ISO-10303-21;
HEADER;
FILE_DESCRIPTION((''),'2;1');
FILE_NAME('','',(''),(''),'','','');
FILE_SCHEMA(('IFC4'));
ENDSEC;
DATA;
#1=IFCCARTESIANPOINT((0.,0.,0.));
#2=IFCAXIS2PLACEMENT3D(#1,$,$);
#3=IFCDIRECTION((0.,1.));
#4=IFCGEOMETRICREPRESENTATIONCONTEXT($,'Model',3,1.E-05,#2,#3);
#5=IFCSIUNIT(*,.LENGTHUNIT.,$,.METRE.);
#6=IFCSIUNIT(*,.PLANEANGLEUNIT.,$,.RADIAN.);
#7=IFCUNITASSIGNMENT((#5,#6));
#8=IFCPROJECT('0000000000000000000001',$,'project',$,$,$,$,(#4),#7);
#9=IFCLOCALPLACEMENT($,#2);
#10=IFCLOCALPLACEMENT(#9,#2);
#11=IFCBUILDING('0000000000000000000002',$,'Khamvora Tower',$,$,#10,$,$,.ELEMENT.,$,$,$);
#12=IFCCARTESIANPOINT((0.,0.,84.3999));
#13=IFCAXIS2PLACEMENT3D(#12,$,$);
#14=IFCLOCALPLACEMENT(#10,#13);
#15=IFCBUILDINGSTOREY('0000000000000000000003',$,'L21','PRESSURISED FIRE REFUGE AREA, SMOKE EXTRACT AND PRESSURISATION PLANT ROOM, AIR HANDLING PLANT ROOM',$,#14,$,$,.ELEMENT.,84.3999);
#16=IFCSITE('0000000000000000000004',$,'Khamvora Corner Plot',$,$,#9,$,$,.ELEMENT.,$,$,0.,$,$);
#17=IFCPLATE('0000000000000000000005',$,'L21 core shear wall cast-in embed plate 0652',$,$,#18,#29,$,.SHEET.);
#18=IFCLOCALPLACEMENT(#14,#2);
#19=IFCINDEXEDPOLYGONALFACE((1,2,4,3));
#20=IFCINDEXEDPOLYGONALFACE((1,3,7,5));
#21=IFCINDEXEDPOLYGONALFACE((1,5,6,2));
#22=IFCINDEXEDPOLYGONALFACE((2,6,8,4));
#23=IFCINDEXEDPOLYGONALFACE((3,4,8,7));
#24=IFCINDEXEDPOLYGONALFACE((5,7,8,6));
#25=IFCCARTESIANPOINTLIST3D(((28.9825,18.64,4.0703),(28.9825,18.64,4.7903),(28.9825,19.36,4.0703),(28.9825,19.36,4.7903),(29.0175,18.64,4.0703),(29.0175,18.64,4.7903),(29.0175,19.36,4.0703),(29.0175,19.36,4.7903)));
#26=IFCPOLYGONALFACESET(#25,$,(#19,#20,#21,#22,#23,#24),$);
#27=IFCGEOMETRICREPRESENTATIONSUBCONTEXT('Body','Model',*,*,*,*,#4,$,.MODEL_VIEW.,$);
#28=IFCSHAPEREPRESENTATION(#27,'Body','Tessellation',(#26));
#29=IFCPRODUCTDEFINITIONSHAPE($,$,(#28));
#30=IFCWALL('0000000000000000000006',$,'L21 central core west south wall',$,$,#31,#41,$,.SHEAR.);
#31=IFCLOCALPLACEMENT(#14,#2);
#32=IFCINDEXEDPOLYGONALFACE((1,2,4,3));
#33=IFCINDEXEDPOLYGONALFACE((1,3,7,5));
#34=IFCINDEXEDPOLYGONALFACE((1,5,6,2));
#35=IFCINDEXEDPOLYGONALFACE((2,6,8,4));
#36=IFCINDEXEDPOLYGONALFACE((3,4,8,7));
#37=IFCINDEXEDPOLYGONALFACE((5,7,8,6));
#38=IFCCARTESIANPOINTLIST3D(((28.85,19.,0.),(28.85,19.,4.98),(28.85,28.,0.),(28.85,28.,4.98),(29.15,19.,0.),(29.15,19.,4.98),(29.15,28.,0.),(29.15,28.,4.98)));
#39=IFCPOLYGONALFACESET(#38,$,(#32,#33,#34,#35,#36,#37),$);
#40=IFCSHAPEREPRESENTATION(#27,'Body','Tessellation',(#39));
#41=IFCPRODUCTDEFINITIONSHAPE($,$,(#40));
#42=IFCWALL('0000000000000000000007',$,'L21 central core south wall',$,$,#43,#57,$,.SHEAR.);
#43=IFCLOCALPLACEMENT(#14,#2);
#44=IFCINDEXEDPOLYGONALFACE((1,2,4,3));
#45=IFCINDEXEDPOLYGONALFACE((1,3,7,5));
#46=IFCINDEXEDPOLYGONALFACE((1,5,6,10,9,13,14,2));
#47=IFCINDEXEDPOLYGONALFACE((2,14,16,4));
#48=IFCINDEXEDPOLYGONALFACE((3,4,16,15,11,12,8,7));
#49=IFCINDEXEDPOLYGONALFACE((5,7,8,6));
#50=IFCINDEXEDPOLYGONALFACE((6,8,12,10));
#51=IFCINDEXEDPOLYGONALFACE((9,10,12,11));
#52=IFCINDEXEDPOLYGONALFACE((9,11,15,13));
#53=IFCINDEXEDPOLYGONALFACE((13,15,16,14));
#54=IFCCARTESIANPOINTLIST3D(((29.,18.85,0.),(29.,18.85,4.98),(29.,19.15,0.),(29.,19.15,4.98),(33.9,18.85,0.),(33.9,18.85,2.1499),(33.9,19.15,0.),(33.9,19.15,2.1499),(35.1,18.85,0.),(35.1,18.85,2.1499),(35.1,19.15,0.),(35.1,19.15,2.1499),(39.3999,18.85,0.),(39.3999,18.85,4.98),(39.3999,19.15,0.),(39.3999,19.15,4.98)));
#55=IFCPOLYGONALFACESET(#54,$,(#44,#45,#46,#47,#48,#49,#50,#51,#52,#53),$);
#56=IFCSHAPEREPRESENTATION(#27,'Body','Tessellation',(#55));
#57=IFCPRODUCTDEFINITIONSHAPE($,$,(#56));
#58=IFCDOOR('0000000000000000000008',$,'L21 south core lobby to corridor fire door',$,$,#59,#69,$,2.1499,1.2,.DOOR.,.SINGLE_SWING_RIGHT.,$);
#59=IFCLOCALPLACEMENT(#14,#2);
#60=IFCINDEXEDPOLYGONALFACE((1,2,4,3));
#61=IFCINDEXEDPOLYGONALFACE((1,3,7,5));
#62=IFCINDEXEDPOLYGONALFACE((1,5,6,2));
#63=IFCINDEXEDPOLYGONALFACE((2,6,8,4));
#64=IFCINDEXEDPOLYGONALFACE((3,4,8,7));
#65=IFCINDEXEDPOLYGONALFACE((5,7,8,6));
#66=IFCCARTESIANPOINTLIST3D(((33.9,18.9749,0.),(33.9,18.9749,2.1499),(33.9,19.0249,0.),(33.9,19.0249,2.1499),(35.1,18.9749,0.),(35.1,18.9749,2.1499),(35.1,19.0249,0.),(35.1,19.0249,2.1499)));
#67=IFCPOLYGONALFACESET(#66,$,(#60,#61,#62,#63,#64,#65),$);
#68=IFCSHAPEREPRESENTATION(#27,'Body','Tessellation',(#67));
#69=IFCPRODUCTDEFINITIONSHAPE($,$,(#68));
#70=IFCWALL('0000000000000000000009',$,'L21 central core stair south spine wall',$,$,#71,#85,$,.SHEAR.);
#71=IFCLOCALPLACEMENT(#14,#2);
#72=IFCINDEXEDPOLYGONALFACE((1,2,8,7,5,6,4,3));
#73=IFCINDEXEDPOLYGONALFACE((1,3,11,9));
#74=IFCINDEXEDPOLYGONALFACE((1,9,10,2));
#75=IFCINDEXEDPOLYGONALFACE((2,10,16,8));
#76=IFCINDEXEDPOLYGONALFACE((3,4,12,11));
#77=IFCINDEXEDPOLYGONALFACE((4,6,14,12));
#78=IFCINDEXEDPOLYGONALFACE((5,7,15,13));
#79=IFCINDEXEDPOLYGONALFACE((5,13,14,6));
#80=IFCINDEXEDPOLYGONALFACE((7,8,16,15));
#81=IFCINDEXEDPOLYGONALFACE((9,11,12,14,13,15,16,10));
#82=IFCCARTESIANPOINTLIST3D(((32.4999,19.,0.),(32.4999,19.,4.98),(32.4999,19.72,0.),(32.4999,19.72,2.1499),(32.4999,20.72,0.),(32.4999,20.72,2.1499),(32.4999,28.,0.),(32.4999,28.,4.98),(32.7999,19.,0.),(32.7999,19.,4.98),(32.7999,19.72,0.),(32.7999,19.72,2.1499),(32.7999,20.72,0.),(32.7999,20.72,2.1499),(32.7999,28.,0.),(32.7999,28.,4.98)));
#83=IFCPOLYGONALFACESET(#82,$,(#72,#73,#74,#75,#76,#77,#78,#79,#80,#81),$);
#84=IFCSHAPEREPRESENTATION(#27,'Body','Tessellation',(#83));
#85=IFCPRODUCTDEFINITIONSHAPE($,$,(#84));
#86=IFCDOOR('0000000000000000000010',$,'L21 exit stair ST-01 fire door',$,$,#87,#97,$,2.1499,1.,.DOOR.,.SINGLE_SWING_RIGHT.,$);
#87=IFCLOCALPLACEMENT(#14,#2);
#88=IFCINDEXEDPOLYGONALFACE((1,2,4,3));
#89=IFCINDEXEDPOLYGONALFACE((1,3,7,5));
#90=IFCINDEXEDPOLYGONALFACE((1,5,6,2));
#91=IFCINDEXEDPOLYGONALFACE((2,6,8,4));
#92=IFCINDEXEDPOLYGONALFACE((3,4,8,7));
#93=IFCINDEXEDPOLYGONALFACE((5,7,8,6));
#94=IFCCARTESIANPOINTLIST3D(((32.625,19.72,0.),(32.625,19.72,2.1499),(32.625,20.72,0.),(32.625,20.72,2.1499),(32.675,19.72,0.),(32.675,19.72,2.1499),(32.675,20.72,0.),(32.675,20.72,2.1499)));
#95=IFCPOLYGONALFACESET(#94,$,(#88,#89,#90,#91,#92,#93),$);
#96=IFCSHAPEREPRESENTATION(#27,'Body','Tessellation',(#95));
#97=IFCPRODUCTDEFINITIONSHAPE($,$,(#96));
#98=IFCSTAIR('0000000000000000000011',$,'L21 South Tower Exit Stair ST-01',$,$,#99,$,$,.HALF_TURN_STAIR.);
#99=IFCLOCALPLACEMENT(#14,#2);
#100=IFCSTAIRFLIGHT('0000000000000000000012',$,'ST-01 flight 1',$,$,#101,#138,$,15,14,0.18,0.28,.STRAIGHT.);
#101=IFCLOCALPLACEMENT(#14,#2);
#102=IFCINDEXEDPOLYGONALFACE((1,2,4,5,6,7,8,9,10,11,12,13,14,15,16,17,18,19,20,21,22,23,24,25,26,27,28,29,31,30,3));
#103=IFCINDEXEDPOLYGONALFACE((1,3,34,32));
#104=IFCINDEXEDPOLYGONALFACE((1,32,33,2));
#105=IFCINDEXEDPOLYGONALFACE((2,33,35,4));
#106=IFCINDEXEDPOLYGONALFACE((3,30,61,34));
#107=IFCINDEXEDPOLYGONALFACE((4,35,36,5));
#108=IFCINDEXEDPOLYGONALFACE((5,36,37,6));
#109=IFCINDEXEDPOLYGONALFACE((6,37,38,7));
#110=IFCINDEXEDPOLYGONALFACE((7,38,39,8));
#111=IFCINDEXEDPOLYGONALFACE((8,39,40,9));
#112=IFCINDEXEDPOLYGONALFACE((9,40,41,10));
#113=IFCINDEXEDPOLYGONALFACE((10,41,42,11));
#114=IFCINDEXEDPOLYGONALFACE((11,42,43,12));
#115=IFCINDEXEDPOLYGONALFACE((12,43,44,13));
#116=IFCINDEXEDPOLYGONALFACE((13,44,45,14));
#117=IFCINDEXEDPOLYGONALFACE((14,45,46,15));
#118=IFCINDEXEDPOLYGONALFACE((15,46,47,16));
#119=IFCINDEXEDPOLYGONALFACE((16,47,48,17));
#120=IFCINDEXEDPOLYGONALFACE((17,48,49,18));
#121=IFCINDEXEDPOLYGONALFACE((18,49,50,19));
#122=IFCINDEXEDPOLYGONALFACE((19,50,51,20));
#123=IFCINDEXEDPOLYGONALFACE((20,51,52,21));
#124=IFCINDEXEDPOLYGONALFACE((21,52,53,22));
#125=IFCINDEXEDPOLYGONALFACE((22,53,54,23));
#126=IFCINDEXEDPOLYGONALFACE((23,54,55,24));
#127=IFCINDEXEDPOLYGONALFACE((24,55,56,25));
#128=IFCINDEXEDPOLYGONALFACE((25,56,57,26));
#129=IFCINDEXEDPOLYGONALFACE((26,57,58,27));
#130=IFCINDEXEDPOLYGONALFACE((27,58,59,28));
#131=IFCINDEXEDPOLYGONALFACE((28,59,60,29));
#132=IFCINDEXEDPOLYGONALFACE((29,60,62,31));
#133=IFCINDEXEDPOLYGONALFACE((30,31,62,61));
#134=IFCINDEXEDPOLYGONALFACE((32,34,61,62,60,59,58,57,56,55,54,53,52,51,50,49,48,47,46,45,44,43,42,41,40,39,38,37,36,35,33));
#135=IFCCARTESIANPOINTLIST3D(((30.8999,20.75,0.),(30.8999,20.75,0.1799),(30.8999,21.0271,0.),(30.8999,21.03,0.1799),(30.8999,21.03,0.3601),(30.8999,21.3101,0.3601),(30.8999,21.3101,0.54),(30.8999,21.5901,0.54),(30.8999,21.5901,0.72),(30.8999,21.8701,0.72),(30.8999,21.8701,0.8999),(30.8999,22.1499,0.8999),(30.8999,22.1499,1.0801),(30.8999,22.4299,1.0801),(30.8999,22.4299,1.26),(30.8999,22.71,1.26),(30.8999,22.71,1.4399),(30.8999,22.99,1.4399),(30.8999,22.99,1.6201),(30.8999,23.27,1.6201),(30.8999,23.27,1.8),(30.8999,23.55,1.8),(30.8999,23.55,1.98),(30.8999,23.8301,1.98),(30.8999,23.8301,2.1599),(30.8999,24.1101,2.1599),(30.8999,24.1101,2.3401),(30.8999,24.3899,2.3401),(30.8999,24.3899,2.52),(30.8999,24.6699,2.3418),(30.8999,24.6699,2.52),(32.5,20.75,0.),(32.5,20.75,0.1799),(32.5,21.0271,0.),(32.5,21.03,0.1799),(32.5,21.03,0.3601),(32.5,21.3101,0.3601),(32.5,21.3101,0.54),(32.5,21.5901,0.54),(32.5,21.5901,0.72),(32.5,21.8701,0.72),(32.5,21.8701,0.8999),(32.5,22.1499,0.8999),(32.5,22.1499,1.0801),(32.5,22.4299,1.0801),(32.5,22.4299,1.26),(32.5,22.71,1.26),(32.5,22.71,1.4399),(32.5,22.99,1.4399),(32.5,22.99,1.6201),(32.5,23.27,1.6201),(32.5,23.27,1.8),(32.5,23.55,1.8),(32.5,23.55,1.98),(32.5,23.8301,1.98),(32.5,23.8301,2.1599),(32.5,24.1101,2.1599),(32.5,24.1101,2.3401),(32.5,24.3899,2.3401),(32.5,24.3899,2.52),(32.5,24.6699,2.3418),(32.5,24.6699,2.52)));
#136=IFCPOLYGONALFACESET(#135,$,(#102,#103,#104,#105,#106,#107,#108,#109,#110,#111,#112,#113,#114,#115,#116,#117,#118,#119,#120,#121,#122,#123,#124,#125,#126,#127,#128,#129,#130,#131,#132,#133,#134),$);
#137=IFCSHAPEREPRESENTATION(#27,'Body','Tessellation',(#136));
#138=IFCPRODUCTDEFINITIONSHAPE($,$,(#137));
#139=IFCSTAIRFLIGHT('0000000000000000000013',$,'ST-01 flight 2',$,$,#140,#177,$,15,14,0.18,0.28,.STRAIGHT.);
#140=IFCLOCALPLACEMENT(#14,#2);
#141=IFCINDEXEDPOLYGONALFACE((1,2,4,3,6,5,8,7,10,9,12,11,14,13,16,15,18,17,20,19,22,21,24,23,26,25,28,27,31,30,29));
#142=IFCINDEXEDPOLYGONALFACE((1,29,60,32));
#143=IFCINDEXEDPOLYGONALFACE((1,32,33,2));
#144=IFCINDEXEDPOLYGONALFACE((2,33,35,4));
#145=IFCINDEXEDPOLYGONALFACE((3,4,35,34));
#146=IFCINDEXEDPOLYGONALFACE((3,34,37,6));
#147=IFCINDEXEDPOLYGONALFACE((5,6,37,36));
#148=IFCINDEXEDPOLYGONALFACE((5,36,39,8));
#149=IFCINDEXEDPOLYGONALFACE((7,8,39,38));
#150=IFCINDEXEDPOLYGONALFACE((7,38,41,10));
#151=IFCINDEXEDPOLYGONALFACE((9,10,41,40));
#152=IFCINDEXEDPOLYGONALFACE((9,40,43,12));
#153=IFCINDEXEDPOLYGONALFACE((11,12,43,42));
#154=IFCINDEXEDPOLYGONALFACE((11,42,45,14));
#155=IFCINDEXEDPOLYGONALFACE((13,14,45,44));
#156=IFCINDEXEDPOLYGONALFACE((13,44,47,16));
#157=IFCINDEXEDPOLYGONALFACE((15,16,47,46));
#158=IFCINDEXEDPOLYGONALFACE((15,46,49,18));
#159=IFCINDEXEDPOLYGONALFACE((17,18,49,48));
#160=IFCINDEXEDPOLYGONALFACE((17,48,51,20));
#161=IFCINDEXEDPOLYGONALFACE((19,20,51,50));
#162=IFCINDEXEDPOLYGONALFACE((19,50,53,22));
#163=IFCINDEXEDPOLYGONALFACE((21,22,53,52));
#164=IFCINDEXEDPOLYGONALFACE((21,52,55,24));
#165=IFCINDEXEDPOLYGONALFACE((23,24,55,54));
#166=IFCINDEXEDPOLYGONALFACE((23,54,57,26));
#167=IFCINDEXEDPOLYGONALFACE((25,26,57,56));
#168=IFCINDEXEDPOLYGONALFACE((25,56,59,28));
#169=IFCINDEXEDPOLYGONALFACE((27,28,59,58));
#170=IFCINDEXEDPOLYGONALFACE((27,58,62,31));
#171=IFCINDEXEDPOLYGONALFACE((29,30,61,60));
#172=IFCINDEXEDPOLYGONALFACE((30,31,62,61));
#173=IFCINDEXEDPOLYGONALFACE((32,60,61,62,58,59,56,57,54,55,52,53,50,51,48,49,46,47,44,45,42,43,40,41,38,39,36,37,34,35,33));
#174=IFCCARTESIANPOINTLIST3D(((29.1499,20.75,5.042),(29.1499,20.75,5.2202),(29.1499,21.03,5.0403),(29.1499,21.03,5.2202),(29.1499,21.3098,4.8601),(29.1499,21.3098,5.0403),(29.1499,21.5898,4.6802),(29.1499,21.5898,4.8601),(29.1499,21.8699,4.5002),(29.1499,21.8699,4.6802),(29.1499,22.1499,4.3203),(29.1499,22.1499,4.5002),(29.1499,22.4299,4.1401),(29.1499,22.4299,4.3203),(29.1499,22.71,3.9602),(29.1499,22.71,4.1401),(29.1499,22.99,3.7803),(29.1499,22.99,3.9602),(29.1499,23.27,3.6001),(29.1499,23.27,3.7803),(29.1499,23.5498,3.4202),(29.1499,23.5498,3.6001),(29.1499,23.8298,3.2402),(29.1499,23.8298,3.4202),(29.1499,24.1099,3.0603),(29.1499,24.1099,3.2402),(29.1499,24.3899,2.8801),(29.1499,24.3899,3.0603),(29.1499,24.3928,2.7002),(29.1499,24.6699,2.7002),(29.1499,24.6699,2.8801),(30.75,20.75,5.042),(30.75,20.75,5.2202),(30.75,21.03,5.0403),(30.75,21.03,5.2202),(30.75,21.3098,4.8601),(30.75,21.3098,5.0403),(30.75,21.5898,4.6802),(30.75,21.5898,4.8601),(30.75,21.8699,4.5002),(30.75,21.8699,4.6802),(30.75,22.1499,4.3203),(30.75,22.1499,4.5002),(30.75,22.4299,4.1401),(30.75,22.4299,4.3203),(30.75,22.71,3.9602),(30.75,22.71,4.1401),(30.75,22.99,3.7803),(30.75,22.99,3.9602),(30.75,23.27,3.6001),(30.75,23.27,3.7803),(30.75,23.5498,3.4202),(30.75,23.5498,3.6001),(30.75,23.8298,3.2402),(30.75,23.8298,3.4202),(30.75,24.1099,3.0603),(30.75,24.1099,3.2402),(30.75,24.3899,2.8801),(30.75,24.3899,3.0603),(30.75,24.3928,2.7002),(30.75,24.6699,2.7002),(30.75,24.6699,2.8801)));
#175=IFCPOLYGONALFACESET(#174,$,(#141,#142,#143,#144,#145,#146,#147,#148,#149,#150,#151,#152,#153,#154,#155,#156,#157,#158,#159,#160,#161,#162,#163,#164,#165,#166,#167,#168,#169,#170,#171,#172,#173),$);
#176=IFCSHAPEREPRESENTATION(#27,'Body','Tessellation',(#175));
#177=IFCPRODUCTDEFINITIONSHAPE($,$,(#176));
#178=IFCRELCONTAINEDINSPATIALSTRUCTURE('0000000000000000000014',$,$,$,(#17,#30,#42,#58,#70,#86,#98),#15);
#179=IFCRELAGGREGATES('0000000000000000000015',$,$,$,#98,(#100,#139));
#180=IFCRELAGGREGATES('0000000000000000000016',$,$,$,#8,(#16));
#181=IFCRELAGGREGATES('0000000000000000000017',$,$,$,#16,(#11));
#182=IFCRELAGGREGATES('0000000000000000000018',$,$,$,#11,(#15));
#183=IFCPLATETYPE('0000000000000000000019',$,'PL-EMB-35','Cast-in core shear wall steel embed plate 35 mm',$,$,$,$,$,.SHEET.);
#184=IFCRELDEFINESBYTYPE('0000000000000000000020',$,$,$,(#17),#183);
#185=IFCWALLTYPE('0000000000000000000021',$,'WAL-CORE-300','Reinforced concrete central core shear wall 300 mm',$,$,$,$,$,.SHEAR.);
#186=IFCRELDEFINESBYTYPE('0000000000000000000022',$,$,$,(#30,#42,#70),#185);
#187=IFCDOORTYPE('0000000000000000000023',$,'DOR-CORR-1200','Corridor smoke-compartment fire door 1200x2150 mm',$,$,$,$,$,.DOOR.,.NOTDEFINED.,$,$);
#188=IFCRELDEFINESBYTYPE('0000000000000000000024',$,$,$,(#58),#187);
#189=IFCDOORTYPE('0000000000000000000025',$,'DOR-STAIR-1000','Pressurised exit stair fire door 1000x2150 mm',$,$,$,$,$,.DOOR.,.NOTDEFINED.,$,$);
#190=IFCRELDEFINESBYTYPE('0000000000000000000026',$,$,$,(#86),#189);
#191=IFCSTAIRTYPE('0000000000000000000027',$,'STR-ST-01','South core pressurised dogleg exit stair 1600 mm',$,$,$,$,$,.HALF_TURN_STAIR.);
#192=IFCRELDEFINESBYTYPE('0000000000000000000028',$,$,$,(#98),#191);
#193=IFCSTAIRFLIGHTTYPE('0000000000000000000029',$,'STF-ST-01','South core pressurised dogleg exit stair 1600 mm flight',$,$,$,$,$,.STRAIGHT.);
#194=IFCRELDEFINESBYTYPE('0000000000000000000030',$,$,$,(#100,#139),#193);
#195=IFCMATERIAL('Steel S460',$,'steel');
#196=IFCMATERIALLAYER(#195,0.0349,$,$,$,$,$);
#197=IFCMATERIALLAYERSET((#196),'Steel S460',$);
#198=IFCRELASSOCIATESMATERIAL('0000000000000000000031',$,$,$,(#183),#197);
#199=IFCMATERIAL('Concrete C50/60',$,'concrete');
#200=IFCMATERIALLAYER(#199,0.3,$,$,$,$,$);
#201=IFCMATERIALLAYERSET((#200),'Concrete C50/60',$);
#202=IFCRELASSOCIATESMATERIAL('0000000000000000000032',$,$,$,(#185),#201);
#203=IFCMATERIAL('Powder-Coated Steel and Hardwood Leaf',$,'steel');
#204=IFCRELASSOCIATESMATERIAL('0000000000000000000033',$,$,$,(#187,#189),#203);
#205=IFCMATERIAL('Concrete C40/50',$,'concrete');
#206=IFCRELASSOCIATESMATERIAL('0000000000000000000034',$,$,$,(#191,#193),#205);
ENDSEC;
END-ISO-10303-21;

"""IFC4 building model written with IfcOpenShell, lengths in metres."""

from ifc_helpers import new_model, si_unit, direction, frame, frame_2d, origin, origin_2d, place, context, subcontext, project, spatial, polyline, rectangle, outline, extrude, material, layer, layer_set, type_object, element, fill, aggregate, save


model = new_model("IFC4")

# Units and contexts
model_context = context("Model", 3, precision=1e-05, world=origin(), true_north=direction((0.0, 1.0)))
body_context = subcontext(model_context, "Body", "Model", "MODEL_VIEW")
ifc_project = project(units=[si_unit("LENGTHUNIT", "METRE"), si_unit("PLANEANGLEUNIT", "RADIAN")], contexts=[model_context])

# Site, building, storey
site_placement = place(None, origin())
site = spatial("IfcSite", under=ifc_project, at=site_placement, Name="Khamvora Corner Plot", CompositionType="ELEMENT", RefElevation=0.0)
building_placement = place(site_placement, origin())
building = spatial("IfcBuilding", under=site, at=building_placement, Name="Khamvora Tower", CompositionType="ELEMENT")
storey_placement = place(building_placement, frame((0.0, 0.0, 84.3999)))
storey = spatial("IfcBuildingStorey", under=building, at=storey_placement, Name="L21", Description="PRESSURISED FIRE REFUGE AREA, SMOKE EXTRACT AND PRESSURISATION PLANT ROOM, AIR HANDLING PLANT ROOM", CompositionType="ELEMENT", Elevation=84.3999)

# Plate
ifc_material_1 = material(Name="Steel S460", Category="steel")
ifc_layer_1 = layer(ifc_material_1, 0.0349)
ifc_layer_set_1 = layer_set([ifc_layer_1], Name="Steel S460")
plate_type_1 = type_object("IfcPlateType", Name="PL-EMB-35", Description="Cast-in core shear wall steel embed plate 35 mm", PredefinedType="SHEET", material=ifc_layer_set_1)
for number, where, z_axis, x_axis, name in (
    (1, (29.0, 19.0, 4.0703), (0.0, 0.0, 1.0), (1.0, 0.0, 0.0), "L21 core shear wall cast-in embed plate 0652"),
):
    element("IfcPlate", number, at=place(storey_placement, frame(where, z_axis=z_axis, x_axis=x_axis)), inside=storey, type_object=plate_type_1, Name=name, PredefinedType="SHEET", context=body_context, shape_type="SweptSolid", body=[
        extrude(rectangle(XDim=0.0349, YDim=0.72, at=origin_2d()), origin(), (0.0, 0.0, 1.0), 0.72),
    ])

# Wall
ifc_material_2 = material(Name="Concrete C50/60", Category="concrete")
ifc_layer_2 = layer(ifc_material_2, 0.3)
ifc_layer_set_2 = layer_set([ifc_layer_2], Name="Concrete C50/60")
wall_type = type_object("IfcWallType", Name="WAL-CORE-300", Description="Reinforced concrete central core shear wall 300 mm", PredefinedType="SHEAR", material=ifc_layer_set_2)
wall_1_placement = place(storey_placement, frame((29.0, 19.0, 0.0), z_axis=(0.0, 0.0, 1.0), x_axis=(0.0, 1.0, 0.0)))
element("IfcWall", 2, at=wall_1_placement, inside=storey, type_object=wall_type, Name="L21 central core west south wall", PredefinedType="SHEAR", context=body_context, shape_type="SweptSolid", body=[
    extrude(rectangle(XDim=9.0, YDim=0.3, at=frame_2d((4.5, 0.0))), origin(), (0.0, 0.0, 1.0), 4.98),
])

# Walls, openings, doors
wall_2_placement = place(storey_placement, frame((29.0, 19.0, 0.0), z_axis=(0.0, 0.0, 1.0), x_axis=(1.0, 0.0, 0.0)))
wall_2 = element("IfcWall", 3, at=wall_2_placement, inside=storey, type_object=wall_type, Name="L21 central core south wall", PredefinedType="SHEAR", context=body_context, shape_type="SweptSolid", body=[
    extrude(rectangle(XDim=10.3999, YDim=0.3, at=frame_2d((5.2, 0.0))), origin(), (0.0, 0.0, 1.0), 4.98),
])
opening_1_placement = place(wall_2_placement, frame((4.8999, 0.0, 0.0)))
opening_1 = element("IfcOpeningElement", 4, at=opening_1_placement, cuts=wall_2, PredefinedType="OPENING", context=body_context, shape_type="SweptSolid", body=[
    extrude(rectangle(XDim=1.2, YDim=2.1499, at=frame_2d((0.6001, 1.075))), frame((0.0, 0.1599, 0.0), z_axis=(0.0, -1.0, 0.0), x_axis=(1.0, 0.0, 0.0)), (0.0, 0.0, 1.0), 0.3201),
])
ifc_material_3 = material(Name="Powder-Coated Steel and Hardwood Leaf", Category="steel")
door_type_1 = type_object("IfcDoorType", Name="DOR-CORR-1200", Description="Corridor smoke-compartment fire door 1200x2150 mm", OperationType="NOTDEFINED", PredefinedType="DOOR", material=ifc_material_3)
door_1_placement = place(opening_1_placement, origin())
door_1 = element("IfcDoor", 5, at=door_1_placement, inside=storey, type_object=door_type_1, Name="L21 south core lobby to corridor fire door", OperationType="SINGLE_SWING_RIGHT", OverallHeight=2.1499, OverallWidth=1.2, PredefinedType="DOOR", context=body_context, shape_type="SweptSolid", body=[
    extrude(rectangle(XDim=1.2, YDim=2.1499, at=frame_2d((0.6001, 1.075))), frame((0.0, 0.0249, 0.0), z_axis=(0.0, -1.0, 0.0), x_axis=(1.0, 0.0, 0.0)), (0.0, 0.0, 1.0), 0.05),
])
fill(opening_1, door_1)
wall_3_placement = place(storey_placement, frame((32.6499, 19.0, 0.0), z_axis=(0.0, 0.0, 1.0), x_axis=(0.0, 1.0, 0.0)))
wall_3 = element("IfcWall", 6, at=wall_3_placement, inside=storey, type_object=wall_type, Name="L21 central core stair south spine wall", PredefinedType="SHEAR", context=body_context, shape_type="SweptSolid", body=[
    extrude(rectangle(XDim=9.0, YDim=0.3, at=frame_2d((4.5, 0.0))), origin(), (0.0, 0.0, 1.0), 4.98),
])
opening_2_placement = place(wall_3_placement, frame((0.72, 0.0, 0.0)))
opening_2 = element("IfcOpeningElement", 7, at=opening_2_placement, cuts=wall_3, PredefinedType="OPENING", context=body_context, shape_type="SweptSolid", body=[
    extrude(rectangle(XDim=1.0, YDim=2.1499, at=frame_2d((0.5, 1.075))), frame((0.0, 0.1599, 0.0), z_axis=(0.0, -1.0, 0.0), x_axis=(1.0, 0.0, 0.0)), (0.0, 0.0, 1.0), 0.3201),
])
door_type_2 = type_object("IfcDoorType", Name="DOR-STAIR-1000", Description="Pressurised exit stair fire door 1000x2150 mm", OperationType="NOTDEFINED", PredefinedType="DOOR", material=ifc_material_3)
door_2_placement = place(opening_2_placement, origin())
door_2 = element("IfcDoor", 8, at=door_2_placement, inside=storey, type_object=door_type_2, Name="L21 exit stair ST-01 fire door", OperationType="SINGLE_SWING_RIGHT", OverallHeight=2.1499, OverallWidth=1.0, PredefinedType="DOOR", context=body_context, shape_type="SweptSolid", body=[
    extrude(rectangle(XDim=1.0, YDim=2.1499, at=frame_2d((0.5, 1.075))), frame((0.0, 0.0249, 0.0), z_axis=(0.0, -1.0, 0.0), x_axis=(1.0, 0.0, 0.0)), (0.0, 0.0, 1.0), 0.05),
])
fill(opening_2, door_2)

# Stair, stair flights
ifc_material_4 = material(Name="Concrete C40/50", Category="concrete")
stair_type = type_object("IfcStairType", Name="STR-ST-01", Description="South core pressurised dogleg exit stair 1600 mm", PredefinedType="HALF_TURN_STAIR", material=ifc_material_4)
stair_placement = place(storey_placement, origin())
stair = element("IfcStair", 9, at=stair_placement, inside=storey, type_object=stair_type, Name="L21 South Tower Exit Stair ST-01", PredefinedType="HALF_TURN_STAIR")
stair_flight_type = type_object("IfcStairFlightType", Name="STF-ST-01", Description="South core pressurised dogleg exit stair 1600 mm flight", PredefinedType="STRAIGHT", material=ifc_material_4)
stair_flight_1_placement = place(storey_placement, frame((31.7, 20.75, 0.0), z_axis=(0.0, 0.0, 1.0), x_axis=(0.0, 1.0, 0.0)))
stair_flight_1 = element("IfcStairFlight", 10, at=stair_flight_1_placement, type_object=stair_flight_type, Name="ST-01 flight 1", NumberOfRisers=15, NumberOfTreads=14, PredefinedType="STRAIGHT", RiserHeight=0.18, TreadLength=0.28, context=body_context, shape_type="SweptSolid", body=[
    extrude(outline(polyline([(0.0, 0.0), (0.0, 0.1799), (0.28, 0.1799), (0.28, 0.3601), (0.5601, 0.3601), (0.5601, 0.54), (0.8401, 0.54), (0.8401, 0.72), (1.1201, 0.72), (1.1201, 0.8999), (1.3999, 0.8999), (1.3999, 1.0801), (1.6799, 1.0801), (1.6799, 1.26), (1.96, 1.26), (1.96, 1.4399), (2.24, 1.4399), (2.24, 1.6201), (2.52, 1.6201), (2.52, 1.8), (2.8, 1.8), (2.8, 1.98), (3.0801, 1.98), (3.0801, 2.1599), (3.3601, 2.1599), (3.3601, 2.3401), (3.6399, 2.3401), (3.6399, 2.52), (3.9199, 2.52), (3.9199, 2.7), (3.9199, 2.3418), (0.2771, 0.0), (0.0, 0.0)])), frame((0.0, 0.8, 0.0), z_axis=(0.0, -1.0, 0.0), x_axis=(1.0, 0.0, 0.0)), (0.0, 0.0, 1.0), 1.6001),
])
stair_flight_2_placement = place(storey_placement, frame((29.95, 24.6699, 2.7002), z_axis=(0.0, 0.0, 1.0), x_axis=(0.0, -1.0, 0.0)))
stair_flight_2 = element("IfcStairFlight", 11, at=stair_flight_2_placement, type_object=stair_flight_type, Name="ST-01 flight 2", NumberOfRisers=15, NumberOfTreads=14, PredefinedType="STRAIGHT", RiserHeight=0.18, TreadLength=0.28, context=body_context, shape_type="SweptSolid", body=[
    extrude(outline(polyline([(0.0, 0.0), (0.0, 0.1799), (0.28, 0.1799), (0.28, 0.3601), (0.5601, 0.3601), (0.5601, 0.54), (0.8401, 0.54), (0.8401, 0.72), (1.1201, 0.72), (1.1201, 0.8999), (1.3999, 0.8999), (1.3999, 1.0801), (1.6799, 1.0801), (1.6799, 1.26), (1.96, 1.26), (1.96, 1.4399), (2.24, 1.4399), (2.24, 1.6201), (2.52, 1.6201), (2.52, 1.8), (2.8, 1.8), (2.8, 1.98), (3.0801, 1.98), (3.0801, 2.1599), (3.3601, 2.1599), (3.3601, 2.3401), (3.6399, 2.3401), (3.6399, 2.52), (3.9199, 2.52), (3.9199, 2.7), (3.9199, 2.3418), (0.2771, 0.0), (0.0, 0.0)])), frame((0.0, 0.8, 0.0), z_axis=(0.0, -1.0, 0.0), x_axis=(1.0, 0.0, 0.0)), (0.0, 0.0, 1.0), 1.6001),
])
aggregate(stair, [stair_flight_1, stair_flight_2])

save(model, "model.ifc")
